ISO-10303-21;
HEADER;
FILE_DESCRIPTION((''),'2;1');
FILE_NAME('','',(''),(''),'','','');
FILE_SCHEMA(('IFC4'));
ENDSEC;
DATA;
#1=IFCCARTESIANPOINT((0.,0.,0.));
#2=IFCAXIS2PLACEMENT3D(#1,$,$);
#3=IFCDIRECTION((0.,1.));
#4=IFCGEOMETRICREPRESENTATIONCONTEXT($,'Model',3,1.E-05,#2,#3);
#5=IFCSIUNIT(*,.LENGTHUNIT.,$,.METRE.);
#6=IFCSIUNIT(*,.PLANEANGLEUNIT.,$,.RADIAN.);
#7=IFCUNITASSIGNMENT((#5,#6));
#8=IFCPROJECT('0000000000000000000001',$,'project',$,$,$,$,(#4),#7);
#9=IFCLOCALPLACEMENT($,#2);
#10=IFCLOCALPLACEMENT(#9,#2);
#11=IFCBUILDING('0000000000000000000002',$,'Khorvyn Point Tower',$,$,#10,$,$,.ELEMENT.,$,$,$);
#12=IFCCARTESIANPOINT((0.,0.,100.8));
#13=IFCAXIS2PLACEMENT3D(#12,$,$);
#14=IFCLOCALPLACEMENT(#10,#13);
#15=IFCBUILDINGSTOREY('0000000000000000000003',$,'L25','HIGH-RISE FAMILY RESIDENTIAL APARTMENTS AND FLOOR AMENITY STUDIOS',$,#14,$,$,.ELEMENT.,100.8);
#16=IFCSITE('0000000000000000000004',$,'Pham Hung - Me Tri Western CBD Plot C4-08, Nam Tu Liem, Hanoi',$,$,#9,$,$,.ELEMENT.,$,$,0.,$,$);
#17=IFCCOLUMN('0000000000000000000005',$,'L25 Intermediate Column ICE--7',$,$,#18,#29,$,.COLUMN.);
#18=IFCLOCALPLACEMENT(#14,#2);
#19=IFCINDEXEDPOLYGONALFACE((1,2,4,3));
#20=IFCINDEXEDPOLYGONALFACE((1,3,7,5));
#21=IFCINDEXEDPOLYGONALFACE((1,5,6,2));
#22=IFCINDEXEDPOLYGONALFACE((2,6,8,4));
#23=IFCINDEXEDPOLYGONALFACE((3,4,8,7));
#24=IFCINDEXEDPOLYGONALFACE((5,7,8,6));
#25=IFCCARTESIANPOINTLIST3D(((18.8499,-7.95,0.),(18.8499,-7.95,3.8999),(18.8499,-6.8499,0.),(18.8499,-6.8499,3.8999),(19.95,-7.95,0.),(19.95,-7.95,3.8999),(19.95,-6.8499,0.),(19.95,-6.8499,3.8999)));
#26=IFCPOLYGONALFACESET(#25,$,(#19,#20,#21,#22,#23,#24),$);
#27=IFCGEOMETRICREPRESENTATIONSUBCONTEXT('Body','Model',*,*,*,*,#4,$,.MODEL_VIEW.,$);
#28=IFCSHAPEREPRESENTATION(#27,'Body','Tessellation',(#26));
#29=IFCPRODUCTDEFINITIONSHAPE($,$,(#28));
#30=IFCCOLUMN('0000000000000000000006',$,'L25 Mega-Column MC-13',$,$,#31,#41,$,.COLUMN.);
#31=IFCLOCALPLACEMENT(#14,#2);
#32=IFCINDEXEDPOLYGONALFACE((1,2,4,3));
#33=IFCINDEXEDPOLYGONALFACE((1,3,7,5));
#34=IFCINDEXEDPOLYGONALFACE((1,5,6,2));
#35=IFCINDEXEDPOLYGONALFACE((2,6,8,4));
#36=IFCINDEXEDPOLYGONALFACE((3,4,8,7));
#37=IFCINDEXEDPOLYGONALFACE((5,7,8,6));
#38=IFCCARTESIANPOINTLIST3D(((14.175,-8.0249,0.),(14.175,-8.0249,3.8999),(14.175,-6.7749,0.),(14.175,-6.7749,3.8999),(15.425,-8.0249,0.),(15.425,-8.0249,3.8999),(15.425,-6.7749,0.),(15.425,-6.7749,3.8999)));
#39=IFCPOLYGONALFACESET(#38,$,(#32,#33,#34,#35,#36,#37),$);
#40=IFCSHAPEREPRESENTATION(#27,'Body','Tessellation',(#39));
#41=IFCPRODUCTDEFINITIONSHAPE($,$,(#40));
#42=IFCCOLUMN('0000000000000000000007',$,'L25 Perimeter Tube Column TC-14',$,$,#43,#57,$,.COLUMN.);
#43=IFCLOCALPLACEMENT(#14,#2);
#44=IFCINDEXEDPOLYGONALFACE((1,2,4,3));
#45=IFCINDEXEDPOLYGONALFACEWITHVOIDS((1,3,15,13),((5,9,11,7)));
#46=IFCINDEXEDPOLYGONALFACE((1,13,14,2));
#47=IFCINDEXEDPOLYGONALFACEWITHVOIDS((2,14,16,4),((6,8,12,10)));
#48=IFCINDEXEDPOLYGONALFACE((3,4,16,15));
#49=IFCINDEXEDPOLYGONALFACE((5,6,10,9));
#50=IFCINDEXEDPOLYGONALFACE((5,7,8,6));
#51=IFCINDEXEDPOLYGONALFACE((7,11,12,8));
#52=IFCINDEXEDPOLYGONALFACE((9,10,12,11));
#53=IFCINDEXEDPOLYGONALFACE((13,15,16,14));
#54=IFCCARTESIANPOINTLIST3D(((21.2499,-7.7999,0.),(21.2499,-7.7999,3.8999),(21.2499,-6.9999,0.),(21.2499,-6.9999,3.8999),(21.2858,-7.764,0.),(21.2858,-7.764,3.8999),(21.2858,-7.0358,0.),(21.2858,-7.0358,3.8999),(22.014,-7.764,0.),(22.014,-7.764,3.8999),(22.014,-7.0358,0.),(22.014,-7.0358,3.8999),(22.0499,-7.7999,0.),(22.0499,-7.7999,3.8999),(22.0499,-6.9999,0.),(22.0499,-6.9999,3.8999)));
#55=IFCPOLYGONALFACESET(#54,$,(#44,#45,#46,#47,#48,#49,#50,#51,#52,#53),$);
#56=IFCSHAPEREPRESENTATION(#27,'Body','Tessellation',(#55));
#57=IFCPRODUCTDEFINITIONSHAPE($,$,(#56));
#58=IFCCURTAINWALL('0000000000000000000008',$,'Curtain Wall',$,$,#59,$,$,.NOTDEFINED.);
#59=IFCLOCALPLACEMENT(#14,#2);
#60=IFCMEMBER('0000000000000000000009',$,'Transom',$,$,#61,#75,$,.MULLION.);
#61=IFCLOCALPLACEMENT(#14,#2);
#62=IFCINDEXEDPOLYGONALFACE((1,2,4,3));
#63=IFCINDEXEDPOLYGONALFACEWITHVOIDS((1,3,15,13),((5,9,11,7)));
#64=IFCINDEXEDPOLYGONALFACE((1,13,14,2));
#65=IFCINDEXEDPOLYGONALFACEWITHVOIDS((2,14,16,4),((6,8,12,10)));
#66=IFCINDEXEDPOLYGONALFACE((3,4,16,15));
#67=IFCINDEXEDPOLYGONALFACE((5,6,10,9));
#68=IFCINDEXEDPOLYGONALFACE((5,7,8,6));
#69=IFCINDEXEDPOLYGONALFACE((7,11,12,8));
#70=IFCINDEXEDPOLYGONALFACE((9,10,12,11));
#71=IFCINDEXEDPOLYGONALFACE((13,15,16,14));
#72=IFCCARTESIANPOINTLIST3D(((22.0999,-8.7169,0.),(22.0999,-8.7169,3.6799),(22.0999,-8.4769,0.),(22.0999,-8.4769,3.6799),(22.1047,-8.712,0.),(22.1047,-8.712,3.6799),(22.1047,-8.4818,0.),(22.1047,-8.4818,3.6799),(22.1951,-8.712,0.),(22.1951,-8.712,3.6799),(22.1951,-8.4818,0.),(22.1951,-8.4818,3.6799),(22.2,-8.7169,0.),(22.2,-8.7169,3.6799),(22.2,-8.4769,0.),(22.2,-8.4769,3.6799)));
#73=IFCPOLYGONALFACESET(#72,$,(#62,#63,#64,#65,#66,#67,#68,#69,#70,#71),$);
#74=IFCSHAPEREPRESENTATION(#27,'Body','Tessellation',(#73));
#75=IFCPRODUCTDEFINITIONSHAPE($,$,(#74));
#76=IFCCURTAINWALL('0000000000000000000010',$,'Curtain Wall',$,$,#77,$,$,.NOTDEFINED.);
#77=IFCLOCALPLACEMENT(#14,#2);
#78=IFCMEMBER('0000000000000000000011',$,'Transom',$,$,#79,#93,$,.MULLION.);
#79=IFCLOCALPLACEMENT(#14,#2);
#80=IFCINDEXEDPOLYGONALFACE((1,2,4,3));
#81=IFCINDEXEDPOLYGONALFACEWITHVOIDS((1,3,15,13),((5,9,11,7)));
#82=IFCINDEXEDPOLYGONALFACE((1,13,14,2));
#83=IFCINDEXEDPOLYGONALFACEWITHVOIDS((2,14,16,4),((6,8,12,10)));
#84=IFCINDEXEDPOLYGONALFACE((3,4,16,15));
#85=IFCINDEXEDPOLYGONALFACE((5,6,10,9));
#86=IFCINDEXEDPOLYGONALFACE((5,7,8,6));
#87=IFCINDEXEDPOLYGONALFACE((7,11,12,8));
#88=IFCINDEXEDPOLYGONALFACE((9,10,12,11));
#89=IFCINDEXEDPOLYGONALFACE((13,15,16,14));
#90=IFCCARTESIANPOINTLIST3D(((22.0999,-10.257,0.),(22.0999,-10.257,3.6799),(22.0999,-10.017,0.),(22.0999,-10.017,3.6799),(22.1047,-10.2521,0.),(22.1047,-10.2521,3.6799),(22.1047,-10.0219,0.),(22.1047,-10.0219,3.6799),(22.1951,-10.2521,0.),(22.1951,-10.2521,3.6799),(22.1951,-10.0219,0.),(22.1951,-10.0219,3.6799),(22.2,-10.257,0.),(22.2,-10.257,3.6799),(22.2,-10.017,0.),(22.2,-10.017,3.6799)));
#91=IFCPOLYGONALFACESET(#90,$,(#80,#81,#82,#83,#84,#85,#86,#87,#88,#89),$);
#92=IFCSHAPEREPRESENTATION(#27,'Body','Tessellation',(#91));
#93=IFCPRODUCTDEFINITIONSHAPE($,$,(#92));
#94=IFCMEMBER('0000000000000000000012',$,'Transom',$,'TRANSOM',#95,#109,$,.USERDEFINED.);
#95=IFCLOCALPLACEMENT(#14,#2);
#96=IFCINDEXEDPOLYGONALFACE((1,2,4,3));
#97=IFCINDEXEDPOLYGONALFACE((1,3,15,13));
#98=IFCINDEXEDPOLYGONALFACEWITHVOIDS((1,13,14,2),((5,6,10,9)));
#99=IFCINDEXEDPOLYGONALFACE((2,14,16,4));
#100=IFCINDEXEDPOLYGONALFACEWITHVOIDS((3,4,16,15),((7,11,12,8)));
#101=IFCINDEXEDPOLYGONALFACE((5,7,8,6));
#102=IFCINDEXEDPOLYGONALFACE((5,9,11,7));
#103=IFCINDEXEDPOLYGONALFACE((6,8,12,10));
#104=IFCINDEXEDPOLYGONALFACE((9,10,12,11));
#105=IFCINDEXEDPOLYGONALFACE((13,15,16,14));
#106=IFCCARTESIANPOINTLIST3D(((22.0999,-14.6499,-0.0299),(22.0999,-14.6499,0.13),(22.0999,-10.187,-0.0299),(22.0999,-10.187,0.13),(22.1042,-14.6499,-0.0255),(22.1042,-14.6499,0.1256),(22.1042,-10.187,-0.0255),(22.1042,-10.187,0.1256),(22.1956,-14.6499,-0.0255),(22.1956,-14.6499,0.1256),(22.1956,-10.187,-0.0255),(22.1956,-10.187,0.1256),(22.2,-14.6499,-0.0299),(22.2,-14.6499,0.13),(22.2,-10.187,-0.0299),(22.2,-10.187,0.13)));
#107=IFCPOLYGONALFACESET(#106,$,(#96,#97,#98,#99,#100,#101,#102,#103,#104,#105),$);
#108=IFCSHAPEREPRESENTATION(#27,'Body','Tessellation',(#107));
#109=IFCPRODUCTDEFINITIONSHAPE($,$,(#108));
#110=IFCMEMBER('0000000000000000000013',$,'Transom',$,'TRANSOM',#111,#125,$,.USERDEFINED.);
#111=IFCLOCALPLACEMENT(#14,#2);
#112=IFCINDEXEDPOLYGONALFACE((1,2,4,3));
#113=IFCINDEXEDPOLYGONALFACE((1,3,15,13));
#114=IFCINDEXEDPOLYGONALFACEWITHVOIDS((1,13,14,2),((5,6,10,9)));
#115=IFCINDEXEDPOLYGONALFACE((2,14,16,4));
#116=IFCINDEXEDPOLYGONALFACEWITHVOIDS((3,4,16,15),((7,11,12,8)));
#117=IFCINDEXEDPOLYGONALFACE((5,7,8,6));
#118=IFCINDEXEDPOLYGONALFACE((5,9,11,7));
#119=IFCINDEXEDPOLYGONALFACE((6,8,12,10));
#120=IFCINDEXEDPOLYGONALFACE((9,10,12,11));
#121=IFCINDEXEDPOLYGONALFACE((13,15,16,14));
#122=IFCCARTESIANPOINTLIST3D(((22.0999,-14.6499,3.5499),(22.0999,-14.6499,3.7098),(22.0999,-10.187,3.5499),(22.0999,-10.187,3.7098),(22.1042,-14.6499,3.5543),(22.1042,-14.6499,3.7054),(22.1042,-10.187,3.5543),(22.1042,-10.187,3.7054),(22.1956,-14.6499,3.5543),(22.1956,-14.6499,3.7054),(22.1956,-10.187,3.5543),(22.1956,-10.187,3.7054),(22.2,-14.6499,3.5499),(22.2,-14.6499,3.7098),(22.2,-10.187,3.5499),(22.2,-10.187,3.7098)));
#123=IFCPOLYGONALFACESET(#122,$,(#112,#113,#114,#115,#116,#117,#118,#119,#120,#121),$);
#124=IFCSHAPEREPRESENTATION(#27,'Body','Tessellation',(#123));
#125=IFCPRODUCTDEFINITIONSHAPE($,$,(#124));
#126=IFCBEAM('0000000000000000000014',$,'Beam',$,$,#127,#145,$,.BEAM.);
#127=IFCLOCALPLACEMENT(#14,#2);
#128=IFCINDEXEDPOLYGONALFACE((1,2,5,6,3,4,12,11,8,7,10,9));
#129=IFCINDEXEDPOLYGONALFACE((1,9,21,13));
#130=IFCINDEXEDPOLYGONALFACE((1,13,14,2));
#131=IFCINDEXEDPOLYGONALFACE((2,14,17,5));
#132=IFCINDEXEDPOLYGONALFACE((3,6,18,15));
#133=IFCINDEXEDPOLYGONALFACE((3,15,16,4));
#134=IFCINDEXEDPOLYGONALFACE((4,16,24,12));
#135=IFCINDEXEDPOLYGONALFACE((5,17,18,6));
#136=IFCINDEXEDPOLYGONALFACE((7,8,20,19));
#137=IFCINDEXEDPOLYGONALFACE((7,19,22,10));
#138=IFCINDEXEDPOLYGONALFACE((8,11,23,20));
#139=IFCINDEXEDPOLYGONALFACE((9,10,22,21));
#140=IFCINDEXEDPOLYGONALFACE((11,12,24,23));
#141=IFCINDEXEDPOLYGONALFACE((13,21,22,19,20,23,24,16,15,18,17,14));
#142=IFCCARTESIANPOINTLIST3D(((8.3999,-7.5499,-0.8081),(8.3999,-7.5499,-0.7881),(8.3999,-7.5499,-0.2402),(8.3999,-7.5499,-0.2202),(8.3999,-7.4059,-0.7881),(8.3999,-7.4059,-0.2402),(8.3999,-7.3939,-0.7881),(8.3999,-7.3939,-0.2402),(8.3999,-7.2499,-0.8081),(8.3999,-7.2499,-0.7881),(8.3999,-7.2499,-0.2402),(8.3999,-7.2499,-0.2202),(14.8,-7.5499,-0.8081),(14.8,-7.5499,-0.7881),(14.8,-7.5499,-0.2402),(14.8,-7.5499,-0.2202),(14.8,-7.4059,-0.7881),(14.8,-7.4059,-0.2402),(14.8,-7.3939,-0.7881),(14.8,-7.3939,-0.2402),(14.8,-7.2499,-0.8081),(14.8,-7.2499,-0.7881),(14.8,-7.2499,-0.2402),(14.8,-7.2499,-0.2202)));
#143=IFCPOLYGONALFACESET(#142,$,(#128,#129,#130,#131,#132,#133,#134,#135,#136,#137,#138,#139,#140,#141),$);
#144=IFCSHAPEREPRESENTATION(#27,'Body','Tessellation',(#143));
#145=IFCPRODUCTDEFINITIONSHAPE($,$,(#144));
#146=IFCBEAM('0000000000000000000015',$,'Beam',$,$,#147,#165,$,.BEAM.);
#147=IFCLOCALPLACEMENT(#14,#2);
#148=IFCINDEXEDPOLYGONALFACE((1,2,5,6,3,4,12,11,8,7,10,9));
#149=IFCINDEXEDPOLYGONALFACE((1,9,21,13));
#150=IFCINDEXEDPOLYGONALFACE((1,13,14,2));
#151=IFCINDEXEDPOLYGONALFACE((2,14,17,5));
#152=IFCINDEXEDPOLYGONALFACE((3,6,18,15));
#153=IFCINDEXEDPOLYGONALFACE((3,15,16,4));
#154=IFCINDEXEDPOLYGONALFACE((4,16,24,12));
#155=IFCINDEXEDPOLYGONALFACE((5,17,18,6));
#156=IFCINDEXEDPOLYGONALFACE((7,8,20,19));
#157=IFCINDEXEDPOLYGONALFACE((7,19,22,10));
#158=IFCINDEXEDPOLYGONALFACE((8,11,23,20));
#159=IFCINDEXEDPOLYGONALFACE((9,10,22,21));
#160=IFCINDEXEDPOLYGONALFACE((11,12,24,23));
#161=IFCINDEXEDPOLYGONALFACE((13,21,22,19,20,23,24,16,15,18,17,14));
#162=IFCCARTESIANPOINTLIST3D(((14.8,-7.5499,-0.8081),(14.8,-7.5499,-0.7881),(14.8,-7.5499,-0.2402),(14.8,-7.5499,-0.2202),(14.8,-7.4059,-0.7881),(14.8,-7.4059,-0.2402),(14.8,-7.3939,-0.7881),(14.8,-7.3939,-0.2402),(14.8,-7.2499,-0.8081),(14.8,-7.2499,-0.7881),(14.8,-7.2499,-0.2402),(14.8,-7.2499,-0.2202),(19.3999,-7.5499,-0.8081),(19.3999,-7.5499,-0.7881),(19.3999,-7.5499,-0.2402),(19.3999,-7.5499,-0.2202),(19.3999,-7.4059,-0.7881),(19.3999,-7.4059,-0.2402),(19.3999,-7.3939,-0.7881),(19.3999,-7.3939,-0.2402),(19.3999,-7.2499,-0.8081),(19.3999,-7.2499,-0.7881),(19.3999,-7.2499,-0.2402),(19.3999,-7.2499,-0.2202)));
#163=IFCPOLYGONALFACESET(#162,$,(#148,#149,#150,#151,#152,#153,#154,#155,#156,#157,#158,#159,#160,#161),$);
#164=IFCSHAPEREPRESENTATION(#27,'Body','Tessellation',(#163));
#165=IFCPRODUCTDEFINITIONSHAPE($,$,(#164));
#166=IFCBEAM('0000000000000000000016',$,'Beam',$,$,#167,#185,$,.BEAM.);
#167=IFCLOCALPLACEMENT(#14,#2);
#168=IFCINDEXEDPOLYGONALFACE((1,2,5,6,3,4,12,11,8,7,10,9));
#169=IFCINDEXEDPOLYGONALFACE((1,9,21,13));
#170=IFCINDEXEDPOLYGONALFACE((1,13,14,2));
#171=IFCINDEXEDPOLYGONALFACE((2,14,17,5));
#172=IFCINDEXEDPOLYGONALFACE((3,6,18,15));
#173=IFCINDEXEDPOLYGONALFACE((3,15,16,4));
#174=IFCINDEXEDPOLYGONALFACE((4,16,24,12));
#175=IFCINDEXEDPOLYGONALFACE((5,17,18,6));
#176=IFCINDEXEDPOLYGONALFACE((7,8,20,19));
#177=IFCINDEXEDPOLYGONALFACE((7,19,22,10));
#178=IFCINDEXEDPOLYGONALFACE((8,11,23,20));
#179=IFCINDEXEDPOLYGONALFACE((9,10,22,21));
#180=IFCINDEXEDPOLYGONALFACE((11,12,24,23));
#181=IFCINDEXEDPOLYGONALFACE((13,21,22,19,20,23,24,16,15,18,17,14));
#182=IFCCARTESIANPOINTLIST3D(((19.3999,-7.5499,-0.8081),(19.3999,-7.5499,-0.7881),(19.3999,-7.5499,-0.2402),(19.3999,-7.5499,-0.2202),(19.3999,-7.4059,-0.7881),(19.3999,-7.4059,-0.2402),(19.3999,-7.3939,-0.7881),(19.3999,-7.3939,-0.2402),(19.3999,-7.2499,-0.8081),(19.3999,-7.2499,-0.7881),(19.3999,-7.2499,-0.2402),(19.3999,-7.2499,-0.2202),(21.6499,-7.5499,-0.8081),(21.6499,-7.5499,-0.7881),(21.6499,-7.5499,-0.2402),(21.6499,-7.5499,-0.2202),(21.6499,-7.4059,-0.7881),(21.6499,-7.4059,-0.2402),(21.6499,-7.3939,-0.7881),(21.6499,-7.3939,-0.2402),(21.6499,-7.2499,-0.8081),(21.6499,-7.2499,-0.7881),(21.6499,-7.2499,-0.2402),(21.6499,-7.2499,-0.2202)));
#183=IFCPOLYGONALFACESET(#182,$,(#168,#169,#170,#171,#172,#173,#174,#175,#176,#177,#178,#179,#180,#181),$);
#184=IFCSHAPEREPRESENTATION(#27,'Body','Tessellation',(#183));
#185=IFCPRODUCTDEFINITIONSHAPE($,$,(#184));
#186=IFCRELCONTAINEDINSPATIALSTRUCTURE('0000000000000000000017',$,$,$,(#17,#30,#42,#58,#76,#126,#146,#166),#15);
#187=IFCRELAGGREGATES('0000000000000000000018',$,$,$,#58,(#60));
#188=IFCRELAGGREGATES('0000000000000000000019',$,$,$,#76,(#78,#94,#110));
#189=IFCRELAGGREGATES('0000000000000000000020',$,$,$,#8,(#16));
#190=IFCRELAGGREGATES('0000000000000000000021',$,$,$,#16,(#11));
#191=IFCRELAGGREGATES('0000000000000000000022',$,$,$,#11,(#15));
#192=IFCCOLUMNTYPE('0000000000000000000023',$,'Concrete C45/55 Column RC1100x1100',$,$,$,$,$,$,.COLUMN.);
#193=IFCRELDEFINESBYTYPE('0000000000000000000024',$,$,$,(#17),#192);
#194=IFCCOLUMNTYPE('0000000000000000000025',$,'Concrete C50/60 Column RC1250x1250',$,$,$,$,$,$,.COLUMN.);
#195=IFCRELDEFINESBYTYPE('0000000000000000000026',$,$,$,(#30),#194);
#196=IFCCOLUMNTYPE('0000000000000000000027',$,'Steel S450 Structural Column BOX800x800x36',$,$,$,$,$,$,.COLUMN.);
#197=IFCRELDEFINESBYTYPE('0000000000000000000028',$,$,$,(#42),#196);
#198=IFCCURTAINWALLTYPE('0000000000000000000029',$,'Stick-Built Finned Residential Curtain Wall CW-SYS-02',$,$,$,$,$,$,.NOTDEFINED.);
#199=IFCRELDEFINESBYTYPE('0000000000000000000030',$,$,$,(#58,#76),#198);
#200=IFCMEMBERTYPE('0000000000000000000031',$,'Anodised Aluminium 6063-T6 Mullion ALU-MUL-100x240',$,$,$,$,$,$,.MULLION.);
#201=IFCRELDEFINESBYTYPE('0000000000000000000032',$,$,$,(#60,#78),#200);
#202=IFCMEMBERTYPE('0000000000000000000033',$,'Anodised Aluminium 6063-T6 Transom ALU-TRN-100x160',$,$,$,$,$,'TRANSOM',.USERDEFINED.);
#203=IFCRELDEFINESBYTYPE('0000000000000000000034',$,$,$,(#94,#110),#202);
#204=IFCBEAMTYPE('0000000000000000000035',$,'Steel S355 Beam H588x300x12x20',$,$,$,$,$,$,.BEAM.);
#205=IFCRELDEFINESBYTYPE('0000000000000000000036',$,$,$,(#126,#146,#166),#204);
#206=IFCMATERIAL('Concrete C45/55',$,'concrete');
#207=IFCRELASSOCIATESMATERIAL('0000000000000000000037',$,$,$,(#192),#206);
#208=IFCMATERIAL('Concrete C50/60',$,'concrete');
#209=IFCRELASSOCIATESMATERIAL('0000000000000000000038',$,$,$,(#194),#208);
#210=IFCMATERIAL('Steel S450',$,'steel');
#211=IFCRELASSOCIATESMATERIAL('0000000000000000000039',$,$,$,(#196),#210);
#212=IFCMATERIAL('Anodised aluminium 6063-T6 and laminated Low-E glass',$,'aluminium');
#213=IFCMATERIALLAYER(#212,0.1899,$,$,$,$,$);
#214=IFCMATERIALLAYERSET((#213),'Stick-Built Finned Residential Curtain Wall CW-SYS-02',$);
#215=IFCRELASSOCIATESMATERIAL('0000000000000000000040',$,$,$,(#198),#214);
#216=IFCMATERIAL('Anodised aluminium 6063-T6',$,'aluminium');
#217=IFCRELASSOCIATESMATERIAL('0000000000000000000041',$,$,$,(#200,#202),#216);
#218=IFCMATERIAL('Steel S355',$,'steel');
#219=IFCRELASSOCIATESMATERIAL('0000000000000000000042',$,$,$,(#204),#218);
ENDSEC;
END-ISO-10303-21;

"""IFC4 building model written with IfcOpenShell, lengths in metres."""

from ifc_helpers import new_model, si_unit, direction, frame, origin, origin_2d, place, context, subcontext, project, spatial, rectangle, hollow_rectangle, i_section, extrude, material, layer, layer_set, material_profile, profile_set, type_object, element, aggregate, save


model = new_model("IFC4")

# Units and contexts
model_context = context("Model", 3, precision=1e-05, world=origin(), true_north=direction((0.0, 1.0)))
body_context = subcontext(model_context, "Body", "Model", "MODEL_VIEW")
ifc_project = project(units=[si_unit("LENGTHUNIT", "METRE"), si_unit("PLANEANGLEUNIT", "RADIAN")], contexts=[model_context])

# Site, building, storey
site_placement = place(None, origin())
site = spatial("IfcSite", under=ifc_project, at=site_placement, Name="Pham Hung - Me Tri Western CBD Plot C4-08, Nam Tu Liem, Hanoi", CompositionType="ELEMENT", RefElevation=0.0)
building_placement = place(site_placement, origin())
building = spatial("IfcBuilding", under=site, at=building_placement, Name="Khorvyn Point Tower", CompositionType="ELEMENT")
storey_placement = place(building_placement, frame((0.0, 0.0, 100.8)))
storey = spatial("IfcBuildingStorey", under=building, at=storey_placement, Name="L25", Description="HIGH-RISE FAMILY RESIDENTIAL APARTMENTS AND FLOOR AMENITY STUDIOS", CompositionType="ELEMENT", Elevation=100.8)

# Columns
ifc_material_1 = material(Name="Concrete C45/55", Category="concrete")
ifc_material_profile_1 = material_profile(ifc_material_1, rectangle(XDim=1.1001, YDim=1.1001, at=origin_2d()))
ifc_profile_set_1 = profile_set([ifc_material_profile_1], Name="Concrete C45/55 RC1100x1100")
column_type_1 = type_object("IfcColumnType", Name="Concrete C45/55 Column RC1100x1100", PredefinedType="COLUMN", material=ifc_profile_set_1)
column_1_placement = place(storey_placement, frame((19.3999, -7.3999, 0.0), z_axis=(0.0, 0.0, 1.0), x_axis=(1.0, 0.0, 0.0)))
element("IfcColumn", 1, at=column_1_placement, inside=storey, type_object=column_type_1, Name="L25 Intermediate Column ICE--7", PredefinedType="COLUMN", context=body_context, shape_type="SweptSolid", body=[
    extrude(rectangle(XDim=1.1001, YDim=1.1001, at=origin_2d()), origin(), (0.0, 0.0, 1.0), 3.8999),
])
ifc_material_2 = material(Name="Concrete C50/60", Category="concrete")
ifc_material_profile_2 = material_profile(ifc_material_2, rectangle(XDim=1.25, YDim=1.25, at=origin_2d()))
ifc_profile_set_2 = profile_set([ifc_material_profile_2], Name="Concrete C50/60 RC1250x1250")
column_type_2 = type_object("IfcColumnType", Name="Concrete C50/60 Column RC1250x1250", PredefinedType="COLUMN", material=ifc_profile_set_2)
column_2_placement = place(storey_placement, frame((14.8, -7.3999, 0.0), z_axis=(0.0, 0.0, 1.0), x_axis=(1.0, 0.0, 0.0)))
element("IfcColumn", 2, at=column_2_placement, inside=storey, type_object=column_type_2, Name="L25 Mega-Column MC-13", PredefinedType="COLUMN", context=body_context, shape_type="SweptSolid", body=[
    extrude(rectangle(XDim=1.25, YDim=1.25, at=origin_2d()), origin(), (0.0, 0.0, 1.0), 3.8999),
])
ifc_material_3 = material(Name="Steel S450", Category="steel")
ifc_material_profile_3 = material_profile(ifc_material_3, hollow_rectangle(XDim=0.8, YDim=0.8, WallThickness=0.0359, at=origin_2d()))
ifc_profile_set_3 = profile_set([ifc_material_profile_3], Name="Steel S450 BOX800x800x36")
column_type_3 = type_object("IfcColumnType", Name="Steel S450 Structural Column BOX800x800x36", PredefinedType="COLUMN", material=ifc_profile_set_3)
column_3_placement = place(storey_placement, frame((21.6499, -7.3999, 0.0), z_axis=(0.0, 0.0, 1.0), x_axis=(1.0, 0.0, 0.0)))
element("IfcColumn", 3, at=column_3_placement, inside=storey, type_object=column_type_3, Name="L25 Perimeter Tube Column TC-14", PredefinedType="COLUMN", context=body_context, shape_type="SweptSolid", body=[
    extrude(hollow_rectangle(XDim=0.8, YDim=0.8, WallThickness=0.0359, at=origin_2d()), origin(), (0.0, 0.0, 1.0), 3.8999),
])

# Curtain wall, member
ifc_material_4 = material(Name="Anodised aluminium 6063-T6 and laminated Low-E glass", Category="aluminium")
ifc_layer_1 = layer(ifc_material_4, 0.1899)
ifc_layer_set_1 = layer_set([ifc_layer_1], Name="Stick-Built Finned Residential Curtain Wall CW-SYS-02")
curtain_wall_type = type_object("IfcCurtainWallType", Name="Stick-Built Finned Residential Curtain Wall CW-SYS-02", PredefinedType="NOTDEFINED", material=ifc_layer_set_1)
curtain_wall_1_placement = place(storey_placement, origin())
curtain_wall_1 = element("IfcCurtainWall", 4, at=curtain_wall_1_placement, inside=storey, type_object=curtain_wall_type, Name="Curtain Wall", PredefinedType="NOTDEFINED")
ifc_material_5 = material(Name="Anodised aluminium 6063-T6", Category="aluminium")
ifc_material_profile_4 = material_profile(ifc_material_5, hollow_rectangle(XDim=0.1001, YDim=0.24, WallThickness=0.0049, at=origin_2d()))
ifc_profile_set_4 = profile_set([ifc_material_profile_4], Name="Anodised aluminium 6063-T6 ALU-MUL-100x240")
member_type_1 = type_object("IfcMemberType", Name="Anodised Aluminium 6063-T6 Mullion ALU-MUL-100x240", PredefinedType="MULLION", material=ifc_profile_set_4)
member_1_placement = place(storey_placement, frame((22.1499, -8.5969, 0.0), z_axis=(0.0, 0.0, 1.0), x_axis=(1.0, 0.0, 0.0)))
member_1 = element("IfcMember", 5, at=member_1_placement, type_object=member_type_1, Name="Transom", PredefinedType="MULLION", context=body_context, shape_type="SweptSolid", body=[
    extrude(hollow_rectangle(XDim=0.1001, YDim=0.24, WallThickness=0.0049, at=origin_2d()), origin(), (0.0, 0.0, 1.0), 3.6799),
])
aggregate(curtain_wall_1, [member_1])

# Curtain wall, members
curtain_wall_2_placement = place(storey_placement, origin())
curtain_wall_2 = element("IfcCurtainWall", 6, at=curtain_wall_2_placement, inside=storey, type_object=curtain_wall_type, Name="Curtain Wall", PredefinedType="NOTDEFINED")
member_2_placement = place(storey_placement, frame((22.1499, -10.137, 0.0), z_axis=(0.0, 0.0, 1.0), x_axis=(1.0, 0.0, 0.0)))
member_2 = element("IfcMember", 7, at=member_2_placement, type_object=member_type_1, Name="Transom", PredefinedType="MULLION", context=body_context, shape_type="SweptSolid", body=[
    extrude(hollow_rectangle(XDim=0.1001, YDim=0.24, WallThickness=0.0049, at=origin_2d()), origin(), (0.0, 0.0, 1.0), 3.6799),
])
ifc_material_profile_5 = material_profile(ifc_material_5, hollow_rectangle(XDim=0.1001, YDim=0.1599, WallThickness=0.0044, at=origin_2d()))
ifc_profile_set_5 = profile_set([ifc_material_profile_5], Name="Anodised aluminium 6063-T6 ALU-TRN-100x160")
member_type_2 = type_object("IfcMemberType", Name="Anodised Aluminium 6063-T6 Transom ALU-TRN-100x160", ElementType="TRANSOM", PredefinedType="USERDEFINED", material=ifc_profile_set_5)
member_3_placement = place(storey_placement, frame((22.1499, -10.187, 0.05), z_axis=(0.0, -1.0, 0.0), x_axis=(1.0, 0.0, 0.0)))
member_3 = element("IfcMember", 8, at=member_3_placement, type_object=member_type_2, Name="Transom", ObjectType="TRANSOM", PredefinedType="USERDEFINED", context=body_context, shape_type="SweptSolid", body=[
    extrude(hollow_rectangle(XDim=0.1001, YDim=0.1599, WallThickness=0.0044, at=origin_2d()), origin(), (0.0, 0.0, 1.0), 4.4629),
])
member_4_placement = place(storey_placement, frame((22.1499, -10.187, 3.6299), z_axis=(0.0, -1.0, 0.0), x_axis=(1.0, 0.0, 0.0)))
member_4 = element("IfcMember", 9, at=member_4_placement, type_object=member_type_2, Name="Transom", ObjectType="TRANSOM", PredefinedType="USERDEFINED", context=body_context, shape_type="SweptSolid", body=[
    extrude(hollow_rectangle(XDim=0.1001, YDim=0.1599, WallThickness=0.0044, at=origin_2d()), origin(), (0.0, 0.0, 1.0), 4.4629),
])
aggregate(curtain_wall_2, [member_2, member_3, member_4])

# Beams
ifc_material_6 = material(Name="Steel S355", Category="steel")
ifc_material_profile_6 = material_profile(ifc_material_6, i_section(OverallWidth=0.3, OverallDepth=0.5879, WebThickness=0.012, FlangeThickness=0.02, at=origin_2d()))
ifc_profile_set_6 = profile_set([ifc_material_profile_6], Name="Steel S355 H588x300x12x20")
beam_type_1 = type_object("IfcBeamType", Name="Steel S355 Beam H588x300x12x20", PredefinedType="BEAM", material=ifc_profile_set_6)
beam_1_placement = place(storey_placement, frame((8.3999, -7.3999, -0.5142), z_axis=(1.0, 0.0, 0.0), x_axis=(0.0, 1.0, 0.0)))
element("IfcBeam", 10, at=beam_1_placement, inside=storey, type_object=beam_type_1, Name="Beam", PredefinedType="BEAM", context=body_context, shape_type="SweptSolid", body=[
    extrude(i_section(OverallWidth=0.3, OverallDepth=0.5879, WebThickness=0.012, FlangeThickness=0.02, at=origin_2d()), origin(), (0.0, 0.0, 1.0), 6.4001),
])
beam_2_placement = place(storey_placement, frame((14.8, -7.3999, -0.5142), z_axis=(1.0, 0.0, 0.0), x_axis=(0.0, 1.0, 0.0)))
element("IfcBeam", 11, at=beam_2_placement, inside=storey, type_object=beam_type_1, Name="Beam", PredefinedType="BEAM", context=body_context, shape_type="SweptSolid", body=[
    extrude(i_section(OverallWidth=0.3, OverallDepth=0.5879, WebThickness=0.012, FlangeThickness=0.02, at=origin_2d()), origin(), (0.0, 0.0, 1.0), 4.5999),
])
beam_3_placement = place(storey_placement, frame((19.3999, -7.3999, -0.5142), z_axis=(1.0, 0.0, 0.0), x_axis=(0.0, 1.0, 0.0)))
element("IfcBeam", 12, at=beam_3_placement, inside=storey, type_object=beam_type_1, Name="Beam", PredefinedType="BEAM", context=body_context, shape_type="SweptSolid", body=[
    extrude(i_section(OverallWidth=0.3, OverallDepth=0.5879, WebThickness=0.012, FlangeThickness=0.02, at=origin_2d()), origin(), (0.0, 0.0, 1.0), 2.25),
])

save(model, "model.ifc")
